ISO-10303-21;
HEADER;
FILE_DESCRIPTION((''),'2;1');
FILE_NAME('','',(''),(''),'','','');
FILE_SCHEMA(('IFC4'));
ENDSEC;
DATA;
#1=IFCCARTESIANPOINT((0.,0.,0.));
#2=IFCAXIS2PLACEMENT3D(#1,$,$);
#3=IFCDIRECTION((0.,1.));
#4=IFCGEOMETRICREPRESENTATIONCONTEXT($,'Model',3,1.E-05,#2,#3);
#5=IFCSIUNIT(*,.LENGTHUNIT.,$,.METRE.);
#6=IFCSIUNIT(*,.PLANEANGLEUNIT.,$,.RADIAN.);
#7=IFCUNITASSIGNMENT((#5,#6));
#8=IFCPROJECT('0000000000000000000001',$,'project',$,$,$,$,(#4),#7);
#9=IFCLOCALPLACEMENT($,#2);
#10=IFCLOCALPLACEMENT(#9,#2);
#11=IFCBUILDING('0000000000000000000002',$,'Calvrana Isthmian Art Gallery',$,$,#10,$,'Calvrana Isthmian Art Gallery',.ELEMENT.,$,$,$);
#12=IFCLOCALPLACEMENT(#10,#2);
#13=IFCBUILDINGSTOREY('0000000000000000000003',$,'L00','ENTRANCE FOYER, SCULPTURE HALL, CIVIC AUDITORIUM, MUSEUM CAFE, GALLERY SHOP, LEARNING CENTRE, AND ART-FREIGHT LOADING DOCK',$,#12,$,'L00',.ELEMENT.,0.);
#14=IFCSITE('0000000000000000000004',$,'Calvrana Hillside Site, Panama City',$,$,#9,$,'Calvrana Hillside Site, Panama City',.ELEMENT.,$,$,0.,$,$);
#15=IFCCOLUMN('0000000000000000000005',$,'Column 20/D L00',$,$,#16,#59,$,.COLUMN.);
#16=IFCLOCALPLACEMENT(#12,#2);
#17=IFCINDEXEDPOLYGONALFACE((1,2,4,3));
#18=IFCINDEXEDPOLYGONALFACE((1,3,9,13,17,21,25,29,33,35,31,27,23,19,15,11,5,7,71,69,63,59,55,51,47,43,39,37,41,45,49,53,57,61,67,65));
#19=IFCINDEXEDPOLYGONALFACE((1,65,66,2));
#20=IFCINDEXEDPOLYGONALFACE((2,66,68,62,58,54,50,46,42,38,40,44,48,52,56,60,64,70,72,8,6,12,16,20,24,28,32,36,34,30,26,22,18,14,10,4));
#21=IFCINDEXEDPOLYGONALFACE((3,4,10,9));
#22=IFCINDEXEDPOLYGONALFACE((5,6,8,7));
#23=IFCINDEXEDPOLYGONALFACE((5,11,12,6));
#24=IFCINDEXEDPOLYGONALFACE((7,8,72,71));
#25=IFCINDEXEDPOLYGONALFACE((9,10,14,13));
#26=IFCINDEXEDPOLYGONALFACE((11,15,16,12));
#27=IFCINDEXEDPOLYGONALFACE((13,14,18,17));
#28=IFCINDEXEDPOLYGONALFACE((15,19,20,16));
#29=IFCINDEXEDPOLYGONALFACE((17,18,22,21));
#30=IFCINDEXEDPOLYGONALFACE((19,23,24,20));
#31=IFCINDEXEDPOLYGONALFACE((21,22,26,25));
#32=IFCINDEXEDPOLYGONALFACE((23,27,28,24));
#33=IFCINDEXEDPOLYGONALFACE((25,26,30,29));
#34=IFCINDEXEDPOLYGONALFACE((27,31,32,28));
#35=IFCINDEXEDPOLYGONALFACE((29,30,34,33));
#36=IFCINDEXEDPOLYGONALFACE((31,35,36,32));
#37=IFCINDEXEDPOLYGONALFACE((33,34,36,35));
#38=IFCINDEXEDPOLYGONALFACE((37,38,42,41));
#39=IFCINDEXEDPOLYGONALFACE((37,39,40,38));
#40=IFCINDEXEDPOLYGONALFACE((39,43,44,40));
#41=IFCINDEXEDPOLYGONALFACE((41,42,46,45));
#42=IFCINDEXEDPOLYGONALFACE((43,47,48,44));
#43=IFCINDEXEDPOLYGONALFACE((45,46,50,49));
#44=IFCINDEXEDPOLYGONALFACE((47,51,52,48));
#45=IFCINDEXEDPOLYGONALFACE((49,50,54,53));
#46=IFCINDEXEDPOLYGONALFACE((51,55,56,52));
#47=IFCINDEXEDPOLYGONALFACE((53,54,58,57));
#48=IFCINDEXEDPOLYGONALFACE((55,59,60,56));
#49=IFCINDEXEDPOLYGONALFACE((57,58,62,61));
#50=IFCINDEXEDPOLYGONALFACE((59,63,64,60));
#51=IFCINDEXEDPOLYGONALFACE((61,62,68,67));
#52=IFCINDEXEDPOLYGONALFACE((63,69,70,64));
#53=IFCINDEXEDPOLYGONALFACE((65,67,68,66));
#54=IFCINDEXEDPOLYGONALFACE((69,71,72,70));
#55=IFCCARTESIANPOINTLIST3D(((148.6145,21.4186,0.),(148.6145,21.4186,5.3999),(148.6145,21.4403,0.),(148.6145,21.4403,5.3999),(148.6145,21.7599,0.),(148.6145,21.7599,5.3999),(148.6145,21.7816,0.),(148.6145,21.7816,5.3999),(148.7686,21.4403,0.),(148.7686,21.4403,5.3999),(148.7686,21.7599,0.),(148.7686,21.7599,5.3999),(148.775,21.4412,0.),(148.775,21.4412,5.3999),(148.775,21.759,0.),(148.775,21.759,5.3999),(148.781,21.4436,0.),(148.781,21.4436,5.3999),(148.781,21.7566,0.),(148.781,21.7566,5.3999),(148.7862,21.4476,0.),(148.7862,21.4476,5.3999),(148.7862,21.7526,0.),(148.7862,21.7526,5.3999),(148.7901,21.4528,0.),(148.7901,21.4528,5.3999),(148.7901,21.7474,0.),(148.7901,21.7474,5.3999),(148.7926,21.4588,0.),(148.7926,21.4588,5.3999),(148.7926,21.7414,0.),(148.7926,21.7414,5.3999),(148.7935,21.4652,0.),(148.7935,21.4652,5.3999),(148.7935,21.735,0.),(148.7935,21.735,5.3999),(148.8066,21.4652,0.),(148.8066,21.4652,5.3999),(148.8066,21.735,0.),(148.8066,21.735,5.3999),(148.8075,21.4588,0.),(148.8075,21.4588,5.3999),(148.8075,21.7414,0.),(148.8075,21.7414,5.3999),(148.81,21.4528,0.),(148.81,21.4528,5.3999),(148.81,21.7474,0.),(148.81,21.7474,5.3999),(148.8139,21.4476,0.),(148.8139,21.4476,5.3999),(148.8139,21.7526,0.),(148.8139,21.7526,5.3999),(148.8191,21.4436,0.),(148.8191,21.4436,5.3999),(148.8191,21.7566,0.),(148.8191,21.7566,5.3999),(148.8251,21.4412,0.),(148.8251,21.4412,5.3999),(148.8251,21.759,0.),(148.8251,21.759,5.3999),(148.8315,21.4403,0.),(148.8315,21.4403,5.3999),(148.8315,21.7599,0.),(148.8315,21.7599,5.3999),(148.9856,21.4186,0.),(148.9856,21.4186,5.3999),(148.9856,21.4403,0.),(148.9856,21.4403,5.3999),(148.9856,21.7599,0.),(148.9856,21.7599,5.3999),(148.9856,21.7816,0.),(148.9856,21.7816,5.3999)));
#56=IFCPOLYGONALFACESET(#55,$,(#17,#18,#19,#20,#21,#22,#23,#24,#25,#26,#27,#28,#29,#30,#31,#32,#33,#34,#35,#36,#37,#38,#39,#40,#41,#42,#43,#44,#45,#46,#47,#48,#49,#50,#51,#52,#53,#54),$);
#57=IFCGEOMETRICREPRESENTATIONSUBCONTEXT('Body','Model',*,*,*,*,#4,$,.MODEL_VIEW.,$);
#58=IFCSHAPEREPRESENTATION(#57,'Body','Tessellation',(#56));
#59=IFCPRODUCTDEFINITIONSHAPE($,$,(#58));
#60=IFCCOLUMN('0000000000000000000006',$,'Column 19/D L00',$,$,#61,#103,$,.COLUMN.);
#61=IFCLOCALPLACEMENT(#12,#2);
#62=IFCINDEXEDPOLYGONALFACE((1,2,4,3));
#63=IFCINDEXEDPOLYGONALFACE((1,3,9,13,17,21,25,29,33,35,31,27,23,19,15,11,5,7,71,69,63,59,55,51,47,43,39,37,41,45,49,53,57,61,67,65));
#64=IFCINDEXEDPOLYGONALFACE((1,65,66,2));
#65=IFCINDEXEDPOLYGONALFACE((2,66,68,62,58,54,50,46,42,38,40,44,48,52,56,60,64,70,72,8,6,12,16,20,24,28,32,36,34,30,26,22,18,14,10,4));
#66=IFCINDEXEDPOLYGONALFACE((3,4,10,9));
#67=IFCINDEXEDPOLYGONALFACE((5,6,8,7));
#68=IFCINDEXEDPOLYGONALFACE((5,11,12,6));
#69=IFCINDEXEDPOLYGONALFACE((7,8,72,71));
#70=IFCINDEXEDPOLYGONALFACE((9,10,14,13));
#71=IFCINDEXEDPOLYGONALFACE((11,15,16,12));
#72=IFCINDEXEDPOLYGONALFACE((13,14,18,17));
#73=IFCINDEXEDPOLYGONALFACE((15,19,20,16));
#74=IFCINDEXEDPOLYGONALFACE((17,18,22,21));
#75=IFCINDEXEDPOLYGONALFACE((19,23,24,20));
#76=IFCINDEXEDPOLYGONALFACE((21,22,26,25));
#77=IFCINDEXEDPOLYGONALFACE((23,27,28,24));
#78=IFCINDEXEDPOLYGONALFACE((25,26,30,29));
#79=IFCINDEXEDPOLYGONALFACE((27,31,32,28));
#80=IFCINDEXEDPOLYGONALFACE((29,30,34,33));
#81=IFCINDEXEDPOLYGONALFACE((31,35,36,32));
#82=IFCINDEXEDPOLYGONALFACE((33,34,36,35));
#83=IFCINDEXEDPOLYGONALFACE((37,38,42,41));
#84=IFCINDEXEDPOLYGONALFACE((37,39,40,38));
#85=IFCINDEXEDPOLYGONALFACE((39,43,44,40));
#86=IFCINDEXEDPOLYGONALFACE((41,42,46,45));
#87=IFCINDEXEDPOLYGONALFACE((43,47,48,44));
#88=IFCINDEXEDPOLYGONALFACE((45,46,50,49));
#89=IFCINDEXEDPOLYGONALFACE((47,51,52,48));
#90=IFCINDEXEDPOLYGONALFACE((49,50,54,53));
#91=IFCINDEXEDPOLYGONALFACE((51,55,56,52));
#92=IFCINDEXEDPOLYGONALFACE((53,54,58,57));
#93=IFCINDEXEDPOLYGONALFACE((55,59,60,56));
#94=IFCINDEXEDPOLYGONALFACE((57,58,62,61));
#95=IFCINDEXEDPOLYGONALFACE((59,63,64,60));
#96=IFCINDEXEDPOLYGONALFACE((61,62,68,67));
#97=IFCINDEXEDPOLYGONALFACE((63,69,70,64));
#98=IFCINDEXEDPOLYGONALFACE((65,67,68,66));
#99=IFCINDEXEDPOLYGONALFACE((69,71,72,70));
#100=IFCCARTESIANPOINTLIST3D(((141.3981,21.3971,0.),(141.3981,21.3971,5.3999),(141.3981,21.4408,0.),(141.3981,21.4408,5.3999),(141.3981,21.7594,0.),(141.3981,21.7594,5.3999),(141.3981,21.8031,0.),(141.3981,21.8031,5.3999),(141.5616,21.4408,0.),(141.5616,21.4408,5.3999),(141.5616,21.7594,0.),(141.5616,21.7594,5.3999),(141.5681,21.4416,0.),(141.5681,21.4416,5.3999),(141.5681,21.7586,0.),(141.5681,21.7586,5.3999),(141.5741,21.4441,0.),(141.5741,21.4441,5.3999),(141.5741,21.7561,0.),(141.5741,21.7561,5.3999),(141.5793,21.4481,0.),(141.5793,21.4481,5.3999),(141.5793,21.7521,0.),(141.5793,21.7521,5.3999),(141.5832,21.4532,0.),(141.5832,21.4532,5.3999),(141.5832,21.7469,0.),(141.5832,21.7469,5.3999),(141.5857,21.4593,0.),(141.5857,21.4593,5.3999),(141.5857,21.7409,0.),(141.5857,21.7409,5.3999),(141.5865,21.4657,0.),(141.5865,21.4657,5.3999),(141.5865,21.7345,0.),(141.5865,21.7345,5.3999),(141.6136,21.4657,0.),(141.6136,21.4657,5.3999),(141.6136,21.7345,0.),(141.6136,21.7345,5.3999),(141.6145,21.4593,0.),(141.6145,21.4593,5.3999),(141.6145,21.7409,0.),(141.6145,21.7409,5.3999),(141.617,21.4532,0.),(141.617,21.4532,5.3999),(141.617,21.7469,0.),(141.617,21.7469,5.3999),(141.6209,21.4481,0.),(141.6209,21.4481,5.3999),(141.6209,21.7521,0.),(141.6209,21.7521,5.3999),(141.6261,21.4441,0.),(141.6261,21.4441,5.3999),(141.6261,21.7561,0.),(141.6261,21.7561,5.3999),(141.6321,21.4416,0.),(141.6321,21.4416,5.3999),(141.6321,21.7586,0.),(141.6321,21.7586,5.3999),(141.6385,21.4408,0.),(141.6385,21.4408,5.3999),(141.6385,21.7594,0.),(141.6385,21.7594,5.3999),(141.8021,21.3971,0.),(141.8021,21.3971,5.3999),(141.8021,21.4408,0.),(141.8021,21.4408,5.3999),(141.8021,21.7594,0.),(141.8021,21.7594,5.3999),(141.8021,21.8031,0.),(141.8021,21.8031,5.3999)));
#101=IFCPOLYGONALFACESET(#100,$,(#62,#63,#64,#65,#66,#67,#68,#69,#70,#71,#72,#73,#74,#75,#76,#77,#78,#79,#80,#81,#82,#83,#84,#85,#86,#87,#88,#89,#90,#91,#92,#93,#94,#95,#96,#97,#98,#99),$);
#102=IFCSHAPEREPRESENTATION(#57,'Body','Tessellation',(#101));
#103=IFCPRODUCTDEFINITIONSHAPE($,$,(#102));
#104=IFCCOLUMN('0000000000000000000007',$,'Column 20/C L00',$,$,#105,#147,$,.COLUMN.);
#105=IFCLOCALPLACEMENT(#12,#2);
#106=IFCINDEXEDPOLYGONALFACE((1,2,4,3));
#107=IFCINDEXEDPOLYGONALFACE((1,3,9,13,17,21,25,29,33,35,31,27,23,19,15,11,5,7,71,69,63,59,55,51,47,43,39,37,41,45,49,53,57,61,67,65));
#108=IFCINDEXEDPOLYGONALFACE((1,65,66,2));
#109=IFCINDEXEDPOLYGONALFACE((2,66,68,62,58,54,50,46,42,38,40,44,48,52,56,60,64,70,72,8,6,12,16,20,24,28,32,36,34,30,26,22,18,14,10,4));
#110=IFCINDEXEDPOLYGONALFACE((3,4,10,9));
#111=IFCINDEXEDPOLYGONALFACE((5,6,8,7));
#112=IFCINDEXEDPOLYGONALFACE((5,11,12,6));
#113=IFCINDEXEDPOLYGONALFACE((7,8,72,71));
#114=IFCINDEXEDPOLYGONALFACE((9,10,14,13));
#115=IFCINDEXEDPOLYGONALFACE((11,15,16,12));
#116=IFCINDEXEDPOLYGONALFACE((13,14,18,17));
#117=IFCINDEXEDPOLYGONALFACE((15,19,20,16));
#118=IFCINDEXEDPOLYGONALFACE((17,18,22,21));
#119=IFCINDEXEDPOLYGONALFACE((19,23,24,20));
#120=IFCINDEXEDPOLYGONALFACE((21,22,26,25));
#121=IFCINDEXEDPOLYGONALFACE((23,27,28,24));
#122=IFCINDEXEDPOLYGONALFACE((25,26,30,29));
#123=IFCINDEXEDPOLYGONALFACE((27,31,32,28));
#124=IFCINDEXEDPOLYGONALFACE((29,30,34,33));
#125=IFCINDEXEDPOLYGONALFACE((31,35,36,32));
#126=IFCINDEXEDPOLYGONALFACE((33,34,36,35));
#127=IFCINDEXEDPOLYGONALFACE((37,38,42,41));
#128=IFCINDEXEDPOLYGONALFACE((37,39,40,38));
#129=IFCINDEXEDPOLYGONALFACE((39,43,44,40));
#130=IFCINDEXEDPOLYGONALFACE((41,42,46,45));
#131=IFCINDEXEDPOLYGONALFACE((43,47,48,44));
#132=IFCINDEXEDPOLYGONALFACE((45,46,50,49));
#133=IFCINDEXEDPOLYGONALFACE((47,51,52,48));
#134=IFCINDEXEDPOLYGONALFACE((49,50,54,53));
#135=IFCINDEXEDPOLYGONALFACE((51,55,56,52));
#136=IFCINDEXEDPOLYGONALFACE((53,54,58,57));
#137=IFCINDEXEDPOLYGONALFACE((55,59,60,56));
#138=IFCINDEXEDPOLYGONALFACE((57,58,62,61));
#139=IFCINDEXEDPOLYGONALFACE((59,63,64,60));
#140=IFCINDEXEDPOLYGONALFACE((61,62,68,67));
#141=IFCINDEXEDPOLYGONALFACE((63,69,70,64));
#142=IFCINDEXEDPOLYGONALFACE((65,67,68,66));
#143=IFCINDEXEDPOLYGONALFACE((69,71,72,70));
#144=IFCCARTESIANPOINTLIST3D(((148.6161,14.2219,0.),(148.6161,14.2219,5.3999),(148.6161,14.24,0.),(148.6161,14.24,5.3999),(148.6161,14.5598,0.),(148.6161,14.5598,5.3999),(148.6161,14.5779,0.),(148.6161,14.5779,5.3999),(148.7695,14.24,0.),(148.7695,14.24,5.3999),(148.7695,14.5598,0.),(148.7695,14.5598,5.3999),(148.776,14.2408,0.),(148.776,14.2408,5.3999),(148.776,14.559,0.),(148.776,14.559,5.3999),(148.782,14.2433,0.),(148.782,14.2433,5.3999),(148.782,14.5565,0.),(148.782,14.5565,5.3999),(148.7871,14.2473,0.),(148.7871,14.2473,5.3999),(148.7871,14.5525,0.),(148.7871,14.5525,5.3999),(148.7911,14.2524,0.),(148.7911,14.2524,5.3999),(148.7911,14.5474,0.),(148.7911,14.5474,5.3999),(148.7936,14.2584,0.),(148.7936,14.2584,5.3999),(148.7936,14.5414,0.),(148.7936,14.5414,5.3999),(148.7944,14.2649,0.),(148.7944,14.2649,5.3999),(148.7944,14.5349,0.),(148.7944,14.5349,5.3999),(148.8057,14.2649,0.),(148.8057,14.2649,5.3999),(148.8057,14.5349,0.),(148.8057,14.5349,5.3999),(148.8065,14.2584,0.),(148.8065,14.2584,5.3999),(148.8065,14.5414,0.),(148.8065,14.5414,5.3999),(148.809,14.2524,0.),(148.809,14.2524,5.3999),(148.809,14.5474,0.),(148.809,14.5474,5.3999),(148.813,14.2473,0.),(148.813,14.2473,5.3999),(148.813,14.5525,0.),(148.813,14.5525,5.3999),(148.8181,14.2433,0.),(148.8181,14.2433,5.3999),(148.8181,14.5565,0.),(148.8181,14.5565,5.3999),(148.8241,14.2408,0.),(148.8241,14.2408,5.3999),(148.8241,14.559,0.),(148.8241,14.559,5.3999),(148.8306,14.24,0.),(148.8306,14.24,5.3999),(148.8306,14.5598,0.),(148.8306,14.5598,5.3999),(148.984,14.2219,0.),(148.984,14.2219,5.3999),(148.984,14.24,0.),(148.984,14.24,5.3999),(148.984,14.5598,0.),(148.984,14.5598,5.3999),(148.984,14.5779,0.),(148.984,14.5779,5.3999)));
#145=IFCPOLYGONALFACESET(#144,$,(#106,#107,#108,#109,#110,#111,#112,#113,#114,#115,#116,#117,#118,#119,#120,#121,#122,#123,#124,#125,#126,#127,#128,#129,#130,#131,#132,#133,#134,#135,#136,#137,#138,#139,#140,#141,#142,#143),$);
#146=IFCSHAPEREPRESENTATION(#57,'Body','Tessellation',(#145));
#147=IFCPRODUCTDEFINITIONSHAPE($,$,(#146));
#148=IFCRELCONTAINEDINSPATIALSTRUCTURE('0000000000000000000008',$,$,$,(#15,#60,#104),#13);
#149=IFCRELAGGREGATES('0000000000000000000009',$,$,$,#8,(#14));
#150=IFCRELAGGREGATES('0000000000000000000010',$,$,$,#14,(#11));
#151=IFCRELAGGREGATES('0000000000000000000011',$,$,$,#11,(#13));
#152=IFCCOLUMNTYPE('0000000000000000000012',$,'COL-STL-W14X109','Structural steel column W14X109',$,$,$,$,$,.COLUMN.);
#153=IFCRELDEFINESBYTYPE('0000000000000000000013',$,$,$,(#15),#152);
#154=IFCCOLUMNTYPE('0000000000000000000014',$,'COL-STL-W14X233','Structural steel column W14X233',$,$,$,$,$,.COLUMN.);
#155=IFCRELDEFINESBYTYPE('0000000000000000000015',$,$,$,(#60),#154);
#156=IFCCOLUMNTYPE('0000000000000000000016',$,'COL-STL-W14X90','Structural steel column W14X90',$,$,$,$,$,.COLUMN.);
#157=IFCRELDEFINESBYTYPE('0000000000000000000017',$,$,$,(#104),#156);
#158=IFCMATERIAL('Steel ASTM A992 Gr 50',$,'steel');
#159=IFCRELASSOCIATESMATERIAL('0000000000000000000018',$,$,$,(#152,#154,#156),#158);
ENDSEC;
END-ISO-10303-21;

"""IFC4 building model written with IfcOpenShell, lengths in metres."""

from ifc_helpers import new_model, si_unit, direction, frame, origin, origin_2d, place, context, subcontext, project, spatial, i_section, extrude, material, material_profile, profile_set, type_object, element, save


model = new_model("IFC4")

# Units and contexts
model_context = context("Model", 3, precision=1e-05, world=origin(), true_north=direction((0.0, 1.0)))
body_context = subcontext(model_context, "Body", "Model", "MODEL_VIEW")
ifc_project = project(units=[si_unit("LENGTHUNIT", "METRE"), si_unit("PLANEANGLEUNIT", "RADIAN")], contexts=[model_context])

# Site, building, storey
site_placement = place(None, origin())
site = spatial("IfcSite", under=ifc_project, at=site_placement, Name="Calvrana Hillside Site, Panama City", LongName="Calvrana Hillside Site, Panama City", CompositionType="ELEMENT", RefElevation=0.0)
building_placement = place(site_placement, origin())
building = spatial("IfcBuilding", under=site, at=building_placement, Name="Calvrana Isthmian Art Gallery", LongName="Calvrana Isthmian Art Gallery", CompositionType="ELEMENT")
storey_placement = place(building_placement, origin())
storey = spatial("IfcBuildingStorey", under=building, at=storey_placement, Name="L00", Description="ENTRANCE FOYER, SCULPTURE HALL, CIVIC AUDITORIUM, MUSEUM CAFE, GALLERY SHOP, LEARNING CENTRE, AND ART-FREIGHT LOADING DOCK", LongName="L00", CompositionType="ELEMENT", Elevation=0.0)

# Columns
ifc_material_1 = material(Name="Steel ASTM A992 Gr 50", Category="steel")
ifc_material_profile_1 = material_profile(ifc_material_1, i_section(OverallWidth=0.3711, OverallDepth=0.363, WebThickness=0.0132, FlangeThickness=0.0217, FilletRadius=0.0249, at=origin_2d()), Name="W14X109")
ifc_profile_set_1 = profile_set([ifc_material_profile_1], Name="Steel ASTM A992 Gr 50")
column_type_1 = type_object("IfcColumnType", Name="COL-STL-W14X109", Description="Structural steel column W14X109", PredefinedType="COLUMN", material=ifc_profile_set_1)
column_1_placement = place(storey_placement, frame((148.8, 21.6001, 0.0), z_axis=(0.0, 0.0, 1.0), x_axis=(1.0, 0.0, 0.0)))
element("IfcColumn", 1, at=column_1_placement, inside=storey, type_object=column_type_1, Name="Column 20/D L00", PredefinedType="COLUMN", context=body_context, shape_type="SweptSolid", body=[
    extrude(i_section(OverallWidth=0.3711, OverallDepth=0.363, WebThickness=0.0132, FlangeThickness=0.0217, FilletRadius=0.0249, at=origin_2d()), origin(), (0.0, 0.0, 1.0), 5.3999),
])
ifc_material_profile_2 = material_profile(ifc_material_1, i_section(OverallWidth=0.4041, OverallDepth=0.406, WebThickness=0.0271, FlangeThickness=0.0437, FilletRadius=0.0249, at=origin_2d()), Name="W14X233")
ifc_profile_set_2 = profile_set([ifc_material_profile_2], Name="Steel ASTM A992 Gr 50")
column_type_2 = type_object("IfcColumnType", Name="COL-STL-W14X233", Description="Structural steel column W14X233", PredefinedType="COLUMN", material=ifc_profile_set_2)
column_2_placement = place(storey_placement, frame((141.6001, 21.6001, 0.0), z_axis=(0.0, 0.0, 1.0), x_axis=(1.0, 0.0, 0.0)))
element("IfcColumn", 2, at=column_2_placement, inside=storey, type_object=column_type_2, Name="Column 19/D L00", PredefinedType="COLUMN", context=body_context, shape_type="SweptSolid", body=[
    extrude(i_section(OverallWidth=0.4041, OverallDepth=0.406, WebThickness=0.0271, FlangeThickness=0.0437, FilletRadius=0.0249, at=origin_2d()), origin(), (0.0, 0.0, 1.0), 5.3999),
])
ifc_material_profile_3 = material_profile(ifc_material_1, i_section(OverallWidth=0.3679, OverallDepth=0.356, WebThickness=0.0112, FlangeThickness=0.0181, FilletRadius=0.0249, at=origin_2d()), Name="W14X90")
ifc_profile_set_3 = profile_set([ifc_material_profile_3], Name="Steel ASTM A992 Gr 50")
column_type_3 = type_object("IfcColumnType", Name="COL-STL-W14X90", Description="Structural steel column W14X90", PredefinedType="COLUMN", material=ifc_profile_set_3)
column_3_placement = place(storey_placement, frame((148.8, 14.3999, 0.0), z_axis=(0.0, 0.0, 1.0), x_axis=(1.0, 0.0, 0.0)))
element("IfcColumn", 3, at=column_3_placement, inside=storey, type_object=column_type_3, Name="Column 20/C L00", PredefinedType="COLUMN", context=body_context, shape_type="SweptSolid", body=[
    extrude(i_section(OverallWidth=0.3679, OverallDepth=0.356, WebThickness=0.0112, FlangeThickness=0.0181, FilletRadius=0.0249, at=origin_2d()), origin(), (0.0, 0.0, 1.0), 5.3999),
])

save(model, "model.ifc")
